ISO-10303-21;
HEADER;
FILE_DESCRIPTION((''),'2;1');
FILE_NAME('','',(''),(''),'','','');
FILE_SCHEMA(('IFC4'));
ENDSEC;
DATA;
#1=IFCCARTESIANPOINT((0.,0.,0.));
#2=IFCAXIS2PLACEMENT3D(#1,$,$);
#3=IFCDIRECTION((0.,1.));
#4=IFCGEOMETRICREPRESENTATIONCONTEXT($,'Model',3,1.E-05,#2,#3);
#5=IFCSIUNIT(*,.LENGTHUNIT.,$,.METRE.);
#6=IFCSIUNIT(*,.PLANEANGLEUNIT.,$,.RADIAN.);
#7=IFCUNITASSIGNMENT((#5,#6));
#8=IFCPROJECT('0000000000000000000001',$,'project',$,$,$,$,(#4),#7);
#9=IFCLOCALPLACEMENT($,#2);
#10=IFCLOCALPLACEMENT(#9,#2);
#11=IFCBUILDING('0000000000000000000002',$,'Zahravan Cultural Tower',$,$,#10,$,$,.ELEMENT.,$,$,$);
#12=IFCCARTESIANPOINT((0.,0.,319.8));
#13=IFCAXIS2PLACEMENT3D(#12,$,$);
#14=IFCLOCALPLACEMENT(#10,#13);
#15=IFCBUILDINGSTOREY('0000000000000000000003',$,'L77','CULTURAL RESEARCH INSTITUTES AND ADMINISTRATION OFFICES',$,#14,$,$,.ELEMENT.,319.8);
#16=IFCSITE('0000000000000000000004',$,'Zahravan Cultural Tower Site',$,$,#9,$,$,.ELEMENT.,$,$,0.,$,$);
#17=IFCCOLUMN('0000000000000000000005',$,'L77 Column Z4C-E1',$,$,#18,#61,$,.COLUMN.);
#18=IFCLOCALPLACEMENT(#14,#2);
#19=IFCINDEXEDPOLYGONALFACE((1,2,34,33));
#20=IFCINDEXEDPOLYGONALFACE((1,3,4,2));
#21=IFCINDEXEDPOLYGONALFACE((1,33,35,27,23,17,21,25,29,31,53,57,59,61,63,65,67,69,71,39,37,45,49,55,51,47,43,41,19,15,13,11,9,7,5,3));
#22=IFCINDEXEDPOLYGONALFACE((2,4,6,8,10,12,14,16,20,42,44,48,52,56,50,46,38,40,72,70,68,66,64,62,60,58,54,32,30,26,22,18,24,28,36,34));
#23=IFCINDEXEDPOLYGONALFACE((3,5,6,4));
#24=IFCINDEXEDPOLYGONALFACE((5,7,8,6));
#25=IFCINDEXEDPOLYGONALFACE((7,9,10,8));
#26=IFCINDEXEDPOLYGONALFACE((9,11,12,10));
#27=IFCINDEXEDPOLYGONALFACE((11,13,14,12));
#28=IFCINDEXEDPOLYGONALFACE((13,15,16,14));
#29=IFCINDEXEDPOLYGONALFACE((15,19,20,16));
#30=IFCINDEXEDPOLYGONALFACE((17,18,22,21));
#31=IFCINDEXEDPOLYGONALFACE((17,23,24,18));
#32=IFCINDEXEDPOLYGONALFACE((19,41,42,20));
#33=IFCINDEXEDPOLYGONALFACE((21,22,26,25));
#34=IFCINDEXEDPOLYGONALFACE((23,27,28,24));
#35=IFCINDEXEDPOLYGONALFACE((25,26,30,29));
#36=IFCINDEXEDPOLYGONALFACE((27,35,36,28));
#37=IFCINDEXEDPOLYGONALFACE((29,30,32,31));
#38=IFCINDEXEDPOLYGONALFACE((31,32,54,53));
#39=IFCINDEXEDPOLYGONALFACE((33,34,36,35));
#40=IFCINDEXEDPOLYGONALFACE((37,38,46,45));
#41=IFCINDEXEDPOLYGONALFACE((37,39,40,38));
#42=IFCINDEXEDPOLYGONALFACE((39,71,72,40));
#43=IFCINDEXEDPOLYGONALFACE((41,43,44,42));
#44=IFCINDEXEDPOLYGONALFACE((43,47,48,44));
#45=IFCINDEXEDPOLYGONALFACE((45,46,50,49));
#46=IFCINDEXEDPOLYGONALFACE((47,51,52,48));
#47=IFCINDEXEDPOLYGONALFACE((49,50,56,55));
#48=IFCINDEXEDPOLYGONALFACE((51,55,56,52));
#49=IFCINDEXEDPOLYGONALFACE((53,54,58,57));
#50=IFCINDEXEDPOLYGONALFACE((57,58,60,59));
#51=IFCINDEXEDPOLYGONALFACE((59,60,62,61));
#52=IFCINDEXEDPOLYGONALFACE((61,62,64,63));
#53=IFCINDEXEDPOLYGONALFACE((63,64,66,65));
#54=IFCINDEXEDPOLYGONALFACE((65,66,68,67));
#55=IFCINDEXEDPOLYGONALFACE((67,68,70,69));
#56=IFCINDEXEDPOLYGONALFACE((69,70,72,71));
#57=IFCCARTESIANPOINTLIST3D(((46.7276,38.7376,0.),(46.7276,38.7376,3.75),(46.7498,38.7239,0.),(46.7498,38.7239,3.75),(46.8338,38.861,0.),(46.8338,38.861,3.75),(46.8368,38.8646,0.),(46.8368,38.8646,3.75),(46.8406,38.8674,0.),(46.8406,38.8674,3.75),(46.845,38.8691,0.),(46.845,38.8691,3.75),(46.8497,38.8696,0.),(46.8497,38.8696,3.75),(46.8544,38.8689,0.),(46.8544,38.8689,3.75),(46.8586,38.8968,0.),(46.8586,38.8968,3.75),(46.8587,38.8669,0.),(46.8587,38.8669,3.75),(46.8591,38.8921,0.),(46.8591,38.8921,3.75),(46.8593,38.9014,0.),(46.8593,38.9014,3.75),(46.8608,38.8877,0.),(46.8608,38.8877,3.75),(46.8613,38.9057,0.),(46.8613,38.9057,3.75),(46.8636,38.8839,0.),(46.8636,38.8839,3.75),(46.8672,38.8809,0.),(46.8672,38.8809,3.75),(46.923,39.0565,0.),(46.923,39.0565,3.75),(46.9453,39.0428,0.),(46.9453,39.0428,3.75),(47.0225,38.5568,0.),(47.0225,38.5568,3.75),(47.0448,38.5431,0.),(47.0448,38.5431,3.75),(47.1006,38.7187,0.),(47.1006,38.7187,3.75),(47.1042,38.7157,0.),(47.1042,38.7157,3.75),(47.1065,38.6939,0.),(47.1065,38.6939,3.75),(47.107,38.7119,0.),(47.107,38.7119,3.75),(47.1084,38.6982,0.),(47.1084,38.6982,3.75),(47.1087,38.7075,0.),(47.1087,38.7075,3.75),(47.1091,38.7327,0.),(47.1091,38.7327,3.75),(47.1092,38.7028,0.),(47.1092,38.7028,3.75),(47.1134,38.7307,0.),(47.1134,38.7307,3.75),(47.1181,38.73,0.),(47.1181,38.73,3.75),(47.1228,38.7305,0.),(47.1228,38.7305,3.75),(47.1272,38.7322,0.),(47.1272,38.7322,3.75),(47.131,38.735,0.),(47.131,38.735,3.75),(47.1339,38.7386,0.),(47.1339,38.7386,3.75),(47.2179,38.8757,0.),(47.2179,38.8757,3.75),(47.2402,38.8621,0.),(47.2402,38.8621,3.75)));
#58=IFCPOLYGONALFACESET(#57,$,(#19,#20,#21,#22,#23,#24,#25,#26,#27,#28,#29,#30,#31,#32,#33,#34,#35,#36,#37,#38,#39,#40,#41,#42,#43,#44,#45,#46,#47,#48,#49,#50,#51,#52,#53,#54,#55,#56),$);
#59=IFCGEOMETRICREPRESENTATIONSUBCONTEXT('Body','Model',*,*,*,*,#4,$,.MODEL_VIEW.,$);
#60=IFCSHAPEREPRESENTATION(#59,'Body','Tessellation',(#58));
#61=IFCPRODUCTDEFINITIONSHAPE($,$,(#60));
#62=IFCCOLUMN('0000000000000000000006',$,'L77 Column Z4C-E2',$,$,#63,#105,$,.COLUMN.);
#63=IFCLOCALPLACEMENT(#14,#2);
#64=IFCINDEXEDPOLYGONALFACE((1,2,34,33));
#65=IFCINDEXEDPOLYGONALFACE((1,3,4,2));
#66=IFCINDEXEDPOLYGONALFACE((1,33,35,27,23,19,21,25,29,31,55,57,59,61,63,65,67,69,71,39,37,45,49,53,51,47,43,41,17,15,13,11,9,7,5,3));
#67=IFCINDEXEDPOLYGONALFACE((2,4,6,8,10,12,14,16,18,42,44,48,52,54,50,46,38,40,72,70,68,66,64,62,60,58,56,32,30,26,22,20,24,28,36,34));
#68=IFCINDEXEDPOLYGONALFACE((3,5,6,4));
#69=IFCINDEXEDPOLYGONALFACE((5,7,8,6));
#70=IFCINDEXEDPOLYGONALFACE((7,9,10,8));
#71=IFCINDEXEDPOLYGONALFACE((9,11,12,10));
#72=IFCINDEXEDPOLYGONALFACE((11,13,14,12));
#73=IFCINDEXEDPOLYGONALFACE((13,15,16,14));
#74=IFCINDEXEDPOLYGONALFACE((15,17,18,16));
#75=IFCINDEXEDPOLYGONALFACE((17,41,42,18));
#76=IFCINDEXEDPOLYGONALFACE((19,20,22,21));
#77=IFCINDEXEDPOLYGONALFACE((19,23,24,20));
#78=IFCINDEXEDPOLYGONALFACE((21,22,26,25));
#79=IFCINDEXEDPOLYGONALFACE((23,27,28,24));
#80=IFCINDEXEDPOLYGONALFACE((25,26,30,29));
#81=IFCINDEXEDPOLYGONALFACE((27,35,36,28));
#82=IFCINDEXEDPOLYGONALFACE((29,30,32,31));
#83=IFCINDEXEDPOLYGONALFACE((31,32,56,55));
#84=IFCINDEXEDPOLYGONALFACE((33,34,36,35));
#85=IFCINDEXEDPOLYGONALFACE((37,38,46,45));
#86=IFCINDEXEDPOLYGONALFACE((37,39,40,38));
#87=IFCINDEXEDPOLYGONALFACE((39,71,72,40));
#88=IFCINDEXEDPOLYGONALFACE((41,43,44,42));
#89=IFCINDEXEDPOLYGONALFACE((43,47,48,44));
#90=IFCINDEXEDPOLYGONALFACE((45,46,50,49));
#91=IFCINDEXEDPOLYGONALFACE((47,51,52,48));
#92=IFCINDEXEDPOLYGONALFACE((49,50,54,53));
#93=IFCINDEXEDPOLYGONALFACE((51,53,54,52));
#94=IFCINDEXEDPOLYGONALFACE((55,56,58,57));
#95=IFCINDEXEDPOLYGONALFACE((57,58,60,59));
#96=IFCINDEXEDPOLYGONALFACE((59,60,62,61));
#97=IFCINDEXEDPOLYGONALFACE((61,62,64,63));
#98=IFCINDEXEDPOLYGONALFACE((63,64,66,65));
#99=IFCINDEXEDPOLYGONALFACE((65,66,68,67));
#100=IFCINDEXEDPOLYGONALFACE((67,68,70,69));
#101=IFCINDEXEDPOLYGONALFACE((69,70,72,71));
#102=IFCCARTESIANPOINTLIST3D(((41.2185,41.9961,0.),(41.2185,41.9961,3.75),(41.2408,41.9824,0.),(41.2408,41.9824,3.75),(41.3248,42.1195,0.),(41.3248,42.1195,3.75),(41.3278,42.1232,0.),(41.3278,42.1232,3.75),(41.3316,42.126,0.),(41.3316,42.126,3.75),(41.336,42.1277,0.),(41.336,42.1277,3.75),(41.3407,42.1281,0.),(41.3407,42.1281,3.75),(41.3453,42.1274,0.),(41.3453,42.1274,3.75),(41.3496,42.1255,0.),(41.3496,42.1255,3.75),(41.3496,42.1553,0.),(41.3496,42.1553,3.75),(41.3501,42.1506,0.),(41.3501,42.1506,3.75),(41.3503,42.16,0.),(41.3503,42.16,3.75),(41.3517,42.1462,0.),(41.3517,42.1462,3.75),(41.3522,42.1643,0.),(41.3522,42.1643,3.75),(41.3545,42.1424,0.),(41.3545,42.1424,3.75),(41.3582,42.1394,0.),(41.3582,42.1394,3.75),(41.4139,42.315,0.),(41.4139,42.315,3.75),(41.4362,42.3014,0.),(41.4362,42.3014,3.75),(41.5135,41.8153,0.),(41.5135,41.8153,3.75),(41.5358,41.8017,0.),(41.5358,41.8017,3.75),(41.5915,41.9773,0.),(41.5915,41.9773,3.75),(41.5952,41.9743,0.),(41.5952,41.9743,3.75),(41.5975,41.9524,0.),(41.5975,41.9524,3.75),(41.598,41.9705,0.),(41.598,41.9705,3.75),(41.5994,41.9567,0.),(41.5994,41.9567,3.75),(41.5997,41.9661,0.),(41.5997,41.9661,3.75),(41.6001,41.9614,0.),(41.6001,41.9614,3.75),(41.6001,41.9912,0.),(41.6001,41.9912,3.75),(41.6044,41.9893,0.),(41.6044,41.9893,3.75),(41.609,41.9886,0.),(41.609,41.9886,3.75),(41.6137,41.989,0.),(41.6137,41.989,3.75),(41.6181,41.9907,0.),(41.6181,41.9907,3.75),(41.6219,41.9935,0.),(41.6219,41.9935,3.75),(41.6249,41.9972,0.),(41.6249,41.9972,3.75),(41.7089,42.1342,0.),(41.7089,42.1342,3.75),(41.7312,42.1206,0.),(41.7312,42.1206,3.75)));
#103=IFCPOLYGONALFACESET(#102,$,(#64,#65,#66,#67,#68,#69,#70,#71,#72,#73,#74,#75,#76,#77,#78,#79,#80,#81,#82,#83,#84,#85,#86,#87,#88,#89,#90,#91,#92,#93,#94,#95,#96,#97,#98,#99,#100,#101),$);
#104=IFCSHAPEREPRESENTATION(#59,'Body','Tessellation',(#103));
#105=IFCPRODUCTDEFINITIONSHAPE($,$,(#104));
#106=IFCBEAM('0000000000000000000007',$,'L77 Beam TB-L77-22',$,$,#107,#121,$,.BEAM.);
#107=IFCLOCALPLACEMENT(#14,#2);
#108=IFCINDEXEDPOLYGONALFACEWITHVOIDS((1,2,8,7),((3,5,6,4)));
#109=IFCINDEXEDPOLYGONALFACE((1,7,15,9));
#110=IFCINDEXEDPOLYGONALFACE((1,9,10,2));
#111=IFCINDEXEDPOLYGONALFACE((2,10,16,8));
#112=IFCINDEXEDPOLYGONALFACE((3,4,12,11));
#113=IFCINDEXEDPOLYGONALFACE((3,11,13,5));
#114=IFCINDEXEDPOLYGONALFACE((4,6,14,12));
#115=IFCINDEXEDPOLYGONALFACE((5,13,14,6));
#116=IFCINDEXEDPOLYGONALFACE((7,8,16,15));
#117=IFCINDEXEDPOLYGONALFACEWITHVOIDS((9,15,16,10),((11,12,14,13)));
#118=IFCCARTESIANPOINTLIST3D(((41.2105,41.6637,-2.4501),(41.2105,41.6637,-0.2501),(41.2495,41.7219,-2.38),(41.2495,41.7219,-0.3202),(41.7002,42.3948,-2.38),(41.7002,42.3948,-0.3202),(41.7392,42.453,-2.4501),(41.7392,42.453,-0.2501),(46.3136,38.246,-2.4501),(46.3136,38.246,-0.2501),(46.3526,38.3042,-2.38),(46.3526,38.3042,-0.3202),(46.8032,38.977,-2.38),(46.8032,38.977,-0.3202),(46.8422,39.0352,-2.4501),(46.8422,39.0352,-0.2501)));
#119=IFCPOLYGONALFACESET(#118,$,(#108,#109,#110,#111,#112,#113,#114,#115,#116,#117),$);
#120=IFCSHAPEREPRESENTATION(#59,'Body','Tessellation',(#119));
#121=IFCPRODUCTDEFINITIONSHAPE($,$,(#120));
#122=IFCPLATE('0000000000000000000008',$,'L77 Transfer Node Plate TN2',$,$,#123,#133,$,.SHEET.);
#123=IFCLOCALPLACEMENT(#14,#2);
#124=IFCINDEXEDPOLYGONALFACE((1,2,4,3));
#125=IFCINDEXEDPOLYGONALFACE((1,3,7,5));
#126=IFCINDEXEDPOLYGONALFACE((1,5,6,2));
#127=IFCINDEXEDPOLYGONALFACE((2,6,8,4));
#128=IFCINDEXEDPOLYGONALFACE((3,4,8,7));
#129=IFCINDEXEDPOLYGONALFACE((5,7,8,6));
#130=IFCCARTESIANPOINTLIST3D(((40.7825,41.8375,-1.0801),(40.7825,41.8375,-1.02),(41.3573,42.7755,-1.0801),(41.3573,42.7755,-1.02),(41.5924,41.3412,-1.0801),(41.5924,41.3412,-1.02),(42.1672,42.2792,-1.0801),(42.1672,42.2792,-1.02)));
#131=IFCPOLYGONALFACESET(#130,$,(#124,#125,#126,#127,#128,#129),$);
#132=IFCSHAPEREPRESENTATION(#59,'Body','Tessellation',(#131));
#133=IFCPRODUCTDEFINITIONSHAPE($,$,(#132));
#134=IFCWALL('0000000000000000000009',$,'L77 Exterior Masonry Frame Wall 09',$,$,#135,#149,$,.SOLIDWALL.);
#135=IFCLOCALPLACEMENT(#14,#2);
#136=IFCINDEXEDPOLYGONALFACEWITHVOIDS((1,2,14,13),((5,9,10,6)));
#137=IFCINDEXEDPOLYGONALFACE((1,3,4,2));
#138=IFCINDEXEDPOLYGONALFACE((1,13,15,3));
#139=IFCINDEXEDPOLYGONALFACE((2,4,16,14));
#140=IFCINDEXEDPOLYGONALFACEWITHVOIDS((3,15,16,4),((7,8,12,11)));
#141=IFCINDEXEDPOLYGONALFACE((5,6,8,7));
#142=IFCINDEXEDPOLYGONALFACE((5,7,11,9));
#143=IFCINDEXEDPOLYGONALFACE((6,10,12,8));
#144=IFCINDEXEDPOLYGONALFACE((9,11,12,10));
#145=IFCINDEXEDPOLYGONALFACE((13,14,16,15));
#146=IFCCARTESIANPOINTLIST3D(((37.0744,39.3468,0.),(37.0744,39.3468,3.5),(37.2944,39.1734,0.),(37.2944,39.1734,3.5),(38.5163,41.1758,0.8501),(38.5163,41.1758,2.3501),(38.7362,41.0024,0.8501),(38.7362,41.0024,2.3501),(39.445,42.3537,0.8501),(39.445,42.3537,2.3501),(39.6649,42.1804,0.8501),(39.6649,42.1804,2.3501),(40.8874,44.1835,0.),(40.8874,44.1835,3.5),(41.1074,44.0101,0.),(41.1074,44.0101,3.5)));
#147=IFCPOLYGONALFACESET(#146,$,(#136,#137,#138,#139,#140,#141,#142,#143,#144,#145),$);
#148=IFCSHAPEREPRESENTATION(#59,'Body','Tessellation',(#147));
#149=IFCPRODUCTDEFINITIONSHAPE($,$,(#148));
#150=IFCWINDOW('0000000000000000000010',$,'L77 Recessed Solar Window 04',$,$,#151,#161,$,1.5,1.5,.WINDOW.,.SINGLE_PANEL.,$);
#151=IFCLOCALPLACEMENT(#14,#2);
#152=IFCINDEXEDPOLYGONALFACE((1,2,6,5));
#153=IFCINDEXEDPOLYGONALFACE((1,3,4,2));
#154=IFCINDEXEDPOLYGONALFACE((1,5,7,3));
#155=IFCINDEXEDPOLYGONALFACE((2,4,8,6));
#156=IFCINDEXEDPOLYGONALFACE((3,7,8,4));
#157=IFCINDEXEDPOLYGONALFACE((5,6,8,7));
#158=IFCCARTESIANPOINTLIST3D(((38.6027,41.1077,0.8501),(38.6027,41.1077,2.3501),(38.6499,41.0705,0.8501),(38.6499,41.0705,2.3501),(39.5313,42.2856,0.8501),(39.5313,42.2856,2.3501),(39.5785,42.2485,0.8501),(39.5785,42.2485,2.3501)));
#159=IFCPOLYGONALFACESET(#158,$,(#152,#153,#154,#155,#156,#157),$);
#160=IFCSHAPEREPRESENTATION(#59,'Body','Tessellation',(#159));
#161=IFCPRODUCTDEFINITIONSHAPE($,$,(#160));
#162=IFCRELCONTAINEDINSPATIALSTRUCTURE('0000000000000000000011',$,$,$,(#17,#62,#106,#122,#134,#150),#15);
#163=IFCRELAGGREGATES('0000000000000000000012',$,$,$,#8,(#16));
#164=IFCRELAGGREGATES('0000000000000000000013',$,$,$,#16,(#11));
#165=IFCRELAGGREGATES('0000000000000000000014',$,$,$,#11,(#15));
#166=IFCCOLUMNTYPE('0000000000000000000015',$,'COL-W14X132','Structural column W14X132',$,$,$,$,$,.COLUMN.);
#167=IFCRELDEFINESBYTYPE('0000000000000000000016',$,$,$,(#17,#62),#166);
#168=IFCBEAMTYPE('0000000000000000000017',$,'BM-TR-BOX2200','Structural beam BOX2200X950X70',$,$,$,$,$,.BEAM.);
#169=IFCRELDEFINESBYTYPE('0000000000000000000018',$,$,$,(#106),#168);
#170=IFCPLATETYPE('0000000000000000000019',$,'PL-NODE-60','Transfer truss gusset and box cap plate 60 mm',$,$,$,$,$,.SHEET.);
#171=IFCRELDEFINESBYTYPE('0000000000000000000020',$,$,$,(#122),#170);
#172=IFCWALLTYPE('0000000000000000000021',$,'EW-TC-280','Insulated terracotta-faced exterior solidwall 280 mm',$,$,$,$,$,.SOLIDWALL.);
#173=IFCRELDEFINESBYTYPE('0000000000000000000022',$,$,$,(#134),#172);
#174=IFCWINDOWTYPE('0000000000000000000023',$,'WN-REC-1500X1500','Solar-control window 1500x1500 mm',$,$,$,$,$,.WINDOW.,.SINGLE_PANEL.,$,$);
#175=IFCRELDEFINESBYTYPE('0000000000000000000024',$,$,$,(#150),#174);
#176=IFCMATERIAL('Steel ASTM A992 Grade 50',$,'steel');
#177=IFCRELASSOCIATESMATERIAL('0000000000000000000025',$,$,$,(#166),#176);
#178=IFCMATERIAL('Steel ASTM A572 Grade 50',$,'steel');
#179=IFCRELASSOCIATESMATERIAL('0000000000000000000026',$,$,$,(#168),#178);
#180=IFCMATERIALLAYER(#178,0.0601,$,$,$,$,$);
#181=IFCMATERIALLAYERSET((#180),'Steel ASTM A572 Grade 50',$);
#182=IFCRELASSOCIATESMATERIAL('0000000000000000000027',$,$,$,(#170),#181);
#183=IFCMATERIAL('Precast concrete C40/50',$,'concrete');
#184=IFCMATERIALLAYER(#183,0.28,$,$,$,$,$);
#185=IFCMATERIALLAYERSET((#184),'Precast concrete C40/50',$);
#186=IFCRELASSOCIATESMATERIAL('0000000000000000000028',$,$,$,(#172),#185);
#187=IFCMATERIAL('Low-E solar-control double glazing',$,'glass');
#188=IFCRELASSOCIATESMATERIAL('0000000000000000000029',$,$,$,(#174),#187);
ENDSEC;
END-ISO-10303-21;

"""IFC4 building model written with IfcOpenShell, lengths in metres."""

from ifc_helpers import new_model, si_unit, direction, frame, frame_2d, origin, origin_2d, place, context, subcontext, project, spatial, rectangle, hollow_rectangle, i_section, extrude, source, transform, mapped, material, layer, layer_set, material_profile, profile_set, type_object, element, fill, save


model = new_model("IFC4")

# Units and contexts
model_context = context("Model", 3, precision=1e-05, world=origin(), true_north=direction((0.0, 1.0)))
body_context = subcontext(model_context, "Body", "Model", "MODEL_VIEW")
ifc_project = project(units=[si_unit("LENGTHUNIT", "METRE"), si_unit("PLANEANGLEUNIT", "RADIAN")], contexts=[model_context])

# Site, building, storey
site_placement = place(None, origin())
site = spatial("IfcSite", under=ifc_project, at=site_placement, Name="Zahravan Cultural Tower Site", CompositionType="ELEMENT", RefElevation=0.0)
building_placement = place(site_placement, origin())
building = spatial("IfcBuilding", under=site, at=building_placement, Name="Zahravan Cultural Tower", CompositionType="ELEMENT")
storey_placement = place(building_placement, frame((0.0, 0.0, 319.8)))
storey = spatial("IfcBuildingStorey", under=building, at=storey_placement, Name="L77", Description="CULTURAL RESEARCH INSTITUTES AND ADMINISTRATION OFFICES", CompositionType="ELEMENT", Elevation=319.8)

# Columns
ifc_material_1 = material(Name="Steel ASTM A992 Grade 50", Category="steel")
ifc_material_profile_1 = material_profile(ifc_material_1, i_section(OverallWidth=0.374, OverallDepth=0.3721, WebThickness=0.0164, FlangeThickness=0.0261, FilletRadius=0.0181, at=origin_2d()), Name="W14X132")
ifc_profile_set_1 = profile_set([ifc_material_profile_1], Name="Steel ASTM A992 Grade 50")
column_type = type_object("IfcColumnType", Name="COL-W14X132", Description="Structural column W14X132", PredefinedType="COLUMN", material=ifc_profile_set_1)
shared_shape_1 = source(origin(), body_context, "Body", "SweptSolid", [
    extrude(i_section(OverallWidth=0.374, OverallDepth=0.3721, WebThickness=0.0164, FlangeThickness=0.0261, FilletRadius=0.0181, at=origin_2d()), origin(), (0.0, 0.0, 1.0), 3.75),
])
for number, where, z_axis, x_axis, name in (
    (1, (46.9839, 38.7998, 0.0), (0.0, 0.0, 1.0), (0.522499, 0.85264, 0.0), "L77 Column Z4C-E1"),
    (2, (41.4749, 42.0583, 0.0), (0.0, 0.0, 1.0), (0.522499, 0.85264, 0.0), "L77 Column Z4C-E2"),
):
    element("IfcColumn", number, at=place(storey_placement, frame(where, z_axis=z_axis, x_axis=x_axis)), inside=storey, type_object=column_type, Name=name, PredefinedType="COLUMN", context=body_context, shape_type="MappedRepresentation", body=[
        mapped(shared_shape_1, transform((0.0, 0.0, 0.0), x_axis=(1.0, 0.0, 0.0), y_axis=(0.0, 1.0, 0.0), z_axis=(0.0, 0.0, 1.0), scale=1.0)),
    ])

# Beam
ifc_material_2 = material(Name="Steel ASTM A572 Grade 50", Category="steel")
ifc_material_profile_2 = material_profile(ifc_material_2, hollow_rectangle(XDim=0.95, YDim=2.2, WallThickness=0.0701, at=origin_2d()), Name="BOX2200X950X70")
ifc_profile_set_2 = profile_set([ifc_material_profile_2], Name="Steel ASTM A572 Grade 50")
beam_type = type_object("IfcBeamType", Name="BM-TR-BOX2200", Description="Structural beam BOX2200X950X70", PredefinedType="BEAM", material=ifc_profile_set_2)
shared_shape_2 = source(origin(), body_context, "Body", "SweptSolid", [
    extrude(hollow_rectangle(XDim=0.95, YDim=2.2, WallThickness=0.0701, at=origin_2d()), origin(), (0.0, 0.0, 1.0), 6.1418),
])
beam_placement = place(storey_placement, frame((41.4749, 42.0583, -1.3501), z_axis=(0.830868, -0.556469, 0.0), x_axis=(0.556469, 0.830868, 0.0)))
element("IfcBeam", 3, at=beam_placement, inside=storey, type_object=beam_type, Name="L77 Beam TB-L77-22", PredefinedType="BEAM", context=body_context, shape_type="MappedRepresentation", body=[
    mapped(shared_shape_2, transform((0.0, 0.0, 0.0), x_axis=(1.0, 0.0, 0.0), y_axis=(0.0, 1.0, 0.0), z_axis=(0.0, 0.0, 1.0), scale=1.0)),
])

# Plate
ifc_layer_1 = layer(ifc_material_2, 0.0601)
ifc_layer_set_1 = layer_set([ifc_layer_1], Name="Steel ASTM A572 Grade 50")
plate_type = type_object("IfcPlateType", Name="PL-NODE-60", Description="Transfer truss gusset and box cap plate 60 mm", PredefinedType="SHEET", material=ifc_layer_set_1)
shared_shape_3 = source(origin(), body_context, "Body", "SweptSolid", [
    extrude(rectangle(XDim=1.1001, YDim=0.95, at=origin_2d()), origin(), (0.0, 0.0, 1.0), 0.0601),
])
plate_placement = place(storey_placement, frame((41.4749, 42.0583, -1.0801), z_axis=(0.0, 0.0, 1.0), x_axis=(0.522499, 0.85264, 0.0)))
element("IfcPlate", 4, at=plate_placement, inside=storey, type_object=plate_type, Name="L77 Transfer Node Plate TN2", PredefinedType="SHEET", context=body_context, shape_type="MappedRepresentation", body=[
    mapped(shared_shape_3, transform((0.0, 0.0, 0.0), x_axis=(1.0, 0.0, 0.0), y_axis=(0.0, 1.0, 0.0), z_axis=(0.0, 0.0, 1.0), scale=1.0)),
])

# Wall, opening, window
ifc_material_3 = material(Name="Precast concrete C40/50", Category="concrete")
ifc_layer_2 = layer(ifc_material_3, 0.28)
ifc_layer_set_2 = layer_set([ifc_layer_2], Name="Precast concrete C40/50")
wall_type_1 = type_object("IfcWallType", Name="EW-TC-280", Description="Insulated terracotta-faced exterior solidwall 280 mm", PredefinedType="SOLIDWALL", material=ifc_layer_set_2)
wall_1_placement = place(storey_placement, frame((37.1843, 39.26, 0.0), z_axis=(0.0, 0.0, 1.0), x_axis=(0.6191, 0.785312, 0.0)))
wall_1 = element("IfcWall", 5, at=wall_1_placement, inside=storey, type_object=wall_type_1, Name="L77 Exterior Masonry Frame Wall 09", PredefinedType="SOLIDWALL", context=body_context, shape_type="SweptSolid", body=[
    extrude(rectangle(XDim=6.1589, YDim=0.28, at=frame_2d((3.0796, 0.0))), origin(), (0.0, 0.0, 1.0), 3.5),
])
opening_1_placement = place(wall_1_placement, frame((2.3291, 0.0, 0.8501)))
opening_1 = element("IfcOpeningElement", 6, at=opening_1_placement, cuts=wall_1, PredefinedType="OPENING", context=body_context, shape_type="SweptSolid", body=[
    extrude(rectangle(XDim=1.5, YDim=1.5, at=frame_2d((0.75, 0.75))), frame((0.0, 0.1499, 0.0), z_axis=(0.0, -1.0, 0.0), x_axis=(1.0, 0.0, 0.0)), (0.0, 0.0, 1.0), 0.3),
])
ifc_material_4 = material(Name="Low-E solar-control double glazing", Category="glass")
window_type = type_object("IfcWindowType", Name="WN-REC-1500X1500", Description="Solar-control window 1500x1500 mm", PartitioningType="SINGLE_PANEL", PredefinedType="WINDOW", material=ifc_material_4)
shared_shape_4 = source(origin(), body_context, "Body", "SweptSolid", [
    extrude(rectangle(XDim=1.5, YDim=1.5, at=frame_2d((0.75, 0.75))), frame((0.0, 0.03, 0.0), z_axis=(0.0, -1.0, 0.0), x_axis=(1.0, 0.0, 0.0)), (0.0, 0.0, 1.0), 0.0601),
])
window_placement = place(opening_1_placement, origin())
window = element("IfcWindow", 7, at=window_placement, inside=storey, type_object=window_type, Name="L77 Recessed Solar Window 04", OverallHeight=1.5, OverallWidth=1.5, PartitioningType="SINGLE_PANEL", PredefinedType="WINDOW", context=body_context, shape_type="MappedRepresentation", body=[
    mapped(shared_shape_4, transform((0.0, 0.0, 0.0), x_axis=(1.0, 0.0, 0.0), y_axis=(0.0, 1.0, 0.0), z_axis=(0.0, 0.0, 1.0), scale=1.0)),
])
fill(opening_1, window)

save(model, "model.ifc")
